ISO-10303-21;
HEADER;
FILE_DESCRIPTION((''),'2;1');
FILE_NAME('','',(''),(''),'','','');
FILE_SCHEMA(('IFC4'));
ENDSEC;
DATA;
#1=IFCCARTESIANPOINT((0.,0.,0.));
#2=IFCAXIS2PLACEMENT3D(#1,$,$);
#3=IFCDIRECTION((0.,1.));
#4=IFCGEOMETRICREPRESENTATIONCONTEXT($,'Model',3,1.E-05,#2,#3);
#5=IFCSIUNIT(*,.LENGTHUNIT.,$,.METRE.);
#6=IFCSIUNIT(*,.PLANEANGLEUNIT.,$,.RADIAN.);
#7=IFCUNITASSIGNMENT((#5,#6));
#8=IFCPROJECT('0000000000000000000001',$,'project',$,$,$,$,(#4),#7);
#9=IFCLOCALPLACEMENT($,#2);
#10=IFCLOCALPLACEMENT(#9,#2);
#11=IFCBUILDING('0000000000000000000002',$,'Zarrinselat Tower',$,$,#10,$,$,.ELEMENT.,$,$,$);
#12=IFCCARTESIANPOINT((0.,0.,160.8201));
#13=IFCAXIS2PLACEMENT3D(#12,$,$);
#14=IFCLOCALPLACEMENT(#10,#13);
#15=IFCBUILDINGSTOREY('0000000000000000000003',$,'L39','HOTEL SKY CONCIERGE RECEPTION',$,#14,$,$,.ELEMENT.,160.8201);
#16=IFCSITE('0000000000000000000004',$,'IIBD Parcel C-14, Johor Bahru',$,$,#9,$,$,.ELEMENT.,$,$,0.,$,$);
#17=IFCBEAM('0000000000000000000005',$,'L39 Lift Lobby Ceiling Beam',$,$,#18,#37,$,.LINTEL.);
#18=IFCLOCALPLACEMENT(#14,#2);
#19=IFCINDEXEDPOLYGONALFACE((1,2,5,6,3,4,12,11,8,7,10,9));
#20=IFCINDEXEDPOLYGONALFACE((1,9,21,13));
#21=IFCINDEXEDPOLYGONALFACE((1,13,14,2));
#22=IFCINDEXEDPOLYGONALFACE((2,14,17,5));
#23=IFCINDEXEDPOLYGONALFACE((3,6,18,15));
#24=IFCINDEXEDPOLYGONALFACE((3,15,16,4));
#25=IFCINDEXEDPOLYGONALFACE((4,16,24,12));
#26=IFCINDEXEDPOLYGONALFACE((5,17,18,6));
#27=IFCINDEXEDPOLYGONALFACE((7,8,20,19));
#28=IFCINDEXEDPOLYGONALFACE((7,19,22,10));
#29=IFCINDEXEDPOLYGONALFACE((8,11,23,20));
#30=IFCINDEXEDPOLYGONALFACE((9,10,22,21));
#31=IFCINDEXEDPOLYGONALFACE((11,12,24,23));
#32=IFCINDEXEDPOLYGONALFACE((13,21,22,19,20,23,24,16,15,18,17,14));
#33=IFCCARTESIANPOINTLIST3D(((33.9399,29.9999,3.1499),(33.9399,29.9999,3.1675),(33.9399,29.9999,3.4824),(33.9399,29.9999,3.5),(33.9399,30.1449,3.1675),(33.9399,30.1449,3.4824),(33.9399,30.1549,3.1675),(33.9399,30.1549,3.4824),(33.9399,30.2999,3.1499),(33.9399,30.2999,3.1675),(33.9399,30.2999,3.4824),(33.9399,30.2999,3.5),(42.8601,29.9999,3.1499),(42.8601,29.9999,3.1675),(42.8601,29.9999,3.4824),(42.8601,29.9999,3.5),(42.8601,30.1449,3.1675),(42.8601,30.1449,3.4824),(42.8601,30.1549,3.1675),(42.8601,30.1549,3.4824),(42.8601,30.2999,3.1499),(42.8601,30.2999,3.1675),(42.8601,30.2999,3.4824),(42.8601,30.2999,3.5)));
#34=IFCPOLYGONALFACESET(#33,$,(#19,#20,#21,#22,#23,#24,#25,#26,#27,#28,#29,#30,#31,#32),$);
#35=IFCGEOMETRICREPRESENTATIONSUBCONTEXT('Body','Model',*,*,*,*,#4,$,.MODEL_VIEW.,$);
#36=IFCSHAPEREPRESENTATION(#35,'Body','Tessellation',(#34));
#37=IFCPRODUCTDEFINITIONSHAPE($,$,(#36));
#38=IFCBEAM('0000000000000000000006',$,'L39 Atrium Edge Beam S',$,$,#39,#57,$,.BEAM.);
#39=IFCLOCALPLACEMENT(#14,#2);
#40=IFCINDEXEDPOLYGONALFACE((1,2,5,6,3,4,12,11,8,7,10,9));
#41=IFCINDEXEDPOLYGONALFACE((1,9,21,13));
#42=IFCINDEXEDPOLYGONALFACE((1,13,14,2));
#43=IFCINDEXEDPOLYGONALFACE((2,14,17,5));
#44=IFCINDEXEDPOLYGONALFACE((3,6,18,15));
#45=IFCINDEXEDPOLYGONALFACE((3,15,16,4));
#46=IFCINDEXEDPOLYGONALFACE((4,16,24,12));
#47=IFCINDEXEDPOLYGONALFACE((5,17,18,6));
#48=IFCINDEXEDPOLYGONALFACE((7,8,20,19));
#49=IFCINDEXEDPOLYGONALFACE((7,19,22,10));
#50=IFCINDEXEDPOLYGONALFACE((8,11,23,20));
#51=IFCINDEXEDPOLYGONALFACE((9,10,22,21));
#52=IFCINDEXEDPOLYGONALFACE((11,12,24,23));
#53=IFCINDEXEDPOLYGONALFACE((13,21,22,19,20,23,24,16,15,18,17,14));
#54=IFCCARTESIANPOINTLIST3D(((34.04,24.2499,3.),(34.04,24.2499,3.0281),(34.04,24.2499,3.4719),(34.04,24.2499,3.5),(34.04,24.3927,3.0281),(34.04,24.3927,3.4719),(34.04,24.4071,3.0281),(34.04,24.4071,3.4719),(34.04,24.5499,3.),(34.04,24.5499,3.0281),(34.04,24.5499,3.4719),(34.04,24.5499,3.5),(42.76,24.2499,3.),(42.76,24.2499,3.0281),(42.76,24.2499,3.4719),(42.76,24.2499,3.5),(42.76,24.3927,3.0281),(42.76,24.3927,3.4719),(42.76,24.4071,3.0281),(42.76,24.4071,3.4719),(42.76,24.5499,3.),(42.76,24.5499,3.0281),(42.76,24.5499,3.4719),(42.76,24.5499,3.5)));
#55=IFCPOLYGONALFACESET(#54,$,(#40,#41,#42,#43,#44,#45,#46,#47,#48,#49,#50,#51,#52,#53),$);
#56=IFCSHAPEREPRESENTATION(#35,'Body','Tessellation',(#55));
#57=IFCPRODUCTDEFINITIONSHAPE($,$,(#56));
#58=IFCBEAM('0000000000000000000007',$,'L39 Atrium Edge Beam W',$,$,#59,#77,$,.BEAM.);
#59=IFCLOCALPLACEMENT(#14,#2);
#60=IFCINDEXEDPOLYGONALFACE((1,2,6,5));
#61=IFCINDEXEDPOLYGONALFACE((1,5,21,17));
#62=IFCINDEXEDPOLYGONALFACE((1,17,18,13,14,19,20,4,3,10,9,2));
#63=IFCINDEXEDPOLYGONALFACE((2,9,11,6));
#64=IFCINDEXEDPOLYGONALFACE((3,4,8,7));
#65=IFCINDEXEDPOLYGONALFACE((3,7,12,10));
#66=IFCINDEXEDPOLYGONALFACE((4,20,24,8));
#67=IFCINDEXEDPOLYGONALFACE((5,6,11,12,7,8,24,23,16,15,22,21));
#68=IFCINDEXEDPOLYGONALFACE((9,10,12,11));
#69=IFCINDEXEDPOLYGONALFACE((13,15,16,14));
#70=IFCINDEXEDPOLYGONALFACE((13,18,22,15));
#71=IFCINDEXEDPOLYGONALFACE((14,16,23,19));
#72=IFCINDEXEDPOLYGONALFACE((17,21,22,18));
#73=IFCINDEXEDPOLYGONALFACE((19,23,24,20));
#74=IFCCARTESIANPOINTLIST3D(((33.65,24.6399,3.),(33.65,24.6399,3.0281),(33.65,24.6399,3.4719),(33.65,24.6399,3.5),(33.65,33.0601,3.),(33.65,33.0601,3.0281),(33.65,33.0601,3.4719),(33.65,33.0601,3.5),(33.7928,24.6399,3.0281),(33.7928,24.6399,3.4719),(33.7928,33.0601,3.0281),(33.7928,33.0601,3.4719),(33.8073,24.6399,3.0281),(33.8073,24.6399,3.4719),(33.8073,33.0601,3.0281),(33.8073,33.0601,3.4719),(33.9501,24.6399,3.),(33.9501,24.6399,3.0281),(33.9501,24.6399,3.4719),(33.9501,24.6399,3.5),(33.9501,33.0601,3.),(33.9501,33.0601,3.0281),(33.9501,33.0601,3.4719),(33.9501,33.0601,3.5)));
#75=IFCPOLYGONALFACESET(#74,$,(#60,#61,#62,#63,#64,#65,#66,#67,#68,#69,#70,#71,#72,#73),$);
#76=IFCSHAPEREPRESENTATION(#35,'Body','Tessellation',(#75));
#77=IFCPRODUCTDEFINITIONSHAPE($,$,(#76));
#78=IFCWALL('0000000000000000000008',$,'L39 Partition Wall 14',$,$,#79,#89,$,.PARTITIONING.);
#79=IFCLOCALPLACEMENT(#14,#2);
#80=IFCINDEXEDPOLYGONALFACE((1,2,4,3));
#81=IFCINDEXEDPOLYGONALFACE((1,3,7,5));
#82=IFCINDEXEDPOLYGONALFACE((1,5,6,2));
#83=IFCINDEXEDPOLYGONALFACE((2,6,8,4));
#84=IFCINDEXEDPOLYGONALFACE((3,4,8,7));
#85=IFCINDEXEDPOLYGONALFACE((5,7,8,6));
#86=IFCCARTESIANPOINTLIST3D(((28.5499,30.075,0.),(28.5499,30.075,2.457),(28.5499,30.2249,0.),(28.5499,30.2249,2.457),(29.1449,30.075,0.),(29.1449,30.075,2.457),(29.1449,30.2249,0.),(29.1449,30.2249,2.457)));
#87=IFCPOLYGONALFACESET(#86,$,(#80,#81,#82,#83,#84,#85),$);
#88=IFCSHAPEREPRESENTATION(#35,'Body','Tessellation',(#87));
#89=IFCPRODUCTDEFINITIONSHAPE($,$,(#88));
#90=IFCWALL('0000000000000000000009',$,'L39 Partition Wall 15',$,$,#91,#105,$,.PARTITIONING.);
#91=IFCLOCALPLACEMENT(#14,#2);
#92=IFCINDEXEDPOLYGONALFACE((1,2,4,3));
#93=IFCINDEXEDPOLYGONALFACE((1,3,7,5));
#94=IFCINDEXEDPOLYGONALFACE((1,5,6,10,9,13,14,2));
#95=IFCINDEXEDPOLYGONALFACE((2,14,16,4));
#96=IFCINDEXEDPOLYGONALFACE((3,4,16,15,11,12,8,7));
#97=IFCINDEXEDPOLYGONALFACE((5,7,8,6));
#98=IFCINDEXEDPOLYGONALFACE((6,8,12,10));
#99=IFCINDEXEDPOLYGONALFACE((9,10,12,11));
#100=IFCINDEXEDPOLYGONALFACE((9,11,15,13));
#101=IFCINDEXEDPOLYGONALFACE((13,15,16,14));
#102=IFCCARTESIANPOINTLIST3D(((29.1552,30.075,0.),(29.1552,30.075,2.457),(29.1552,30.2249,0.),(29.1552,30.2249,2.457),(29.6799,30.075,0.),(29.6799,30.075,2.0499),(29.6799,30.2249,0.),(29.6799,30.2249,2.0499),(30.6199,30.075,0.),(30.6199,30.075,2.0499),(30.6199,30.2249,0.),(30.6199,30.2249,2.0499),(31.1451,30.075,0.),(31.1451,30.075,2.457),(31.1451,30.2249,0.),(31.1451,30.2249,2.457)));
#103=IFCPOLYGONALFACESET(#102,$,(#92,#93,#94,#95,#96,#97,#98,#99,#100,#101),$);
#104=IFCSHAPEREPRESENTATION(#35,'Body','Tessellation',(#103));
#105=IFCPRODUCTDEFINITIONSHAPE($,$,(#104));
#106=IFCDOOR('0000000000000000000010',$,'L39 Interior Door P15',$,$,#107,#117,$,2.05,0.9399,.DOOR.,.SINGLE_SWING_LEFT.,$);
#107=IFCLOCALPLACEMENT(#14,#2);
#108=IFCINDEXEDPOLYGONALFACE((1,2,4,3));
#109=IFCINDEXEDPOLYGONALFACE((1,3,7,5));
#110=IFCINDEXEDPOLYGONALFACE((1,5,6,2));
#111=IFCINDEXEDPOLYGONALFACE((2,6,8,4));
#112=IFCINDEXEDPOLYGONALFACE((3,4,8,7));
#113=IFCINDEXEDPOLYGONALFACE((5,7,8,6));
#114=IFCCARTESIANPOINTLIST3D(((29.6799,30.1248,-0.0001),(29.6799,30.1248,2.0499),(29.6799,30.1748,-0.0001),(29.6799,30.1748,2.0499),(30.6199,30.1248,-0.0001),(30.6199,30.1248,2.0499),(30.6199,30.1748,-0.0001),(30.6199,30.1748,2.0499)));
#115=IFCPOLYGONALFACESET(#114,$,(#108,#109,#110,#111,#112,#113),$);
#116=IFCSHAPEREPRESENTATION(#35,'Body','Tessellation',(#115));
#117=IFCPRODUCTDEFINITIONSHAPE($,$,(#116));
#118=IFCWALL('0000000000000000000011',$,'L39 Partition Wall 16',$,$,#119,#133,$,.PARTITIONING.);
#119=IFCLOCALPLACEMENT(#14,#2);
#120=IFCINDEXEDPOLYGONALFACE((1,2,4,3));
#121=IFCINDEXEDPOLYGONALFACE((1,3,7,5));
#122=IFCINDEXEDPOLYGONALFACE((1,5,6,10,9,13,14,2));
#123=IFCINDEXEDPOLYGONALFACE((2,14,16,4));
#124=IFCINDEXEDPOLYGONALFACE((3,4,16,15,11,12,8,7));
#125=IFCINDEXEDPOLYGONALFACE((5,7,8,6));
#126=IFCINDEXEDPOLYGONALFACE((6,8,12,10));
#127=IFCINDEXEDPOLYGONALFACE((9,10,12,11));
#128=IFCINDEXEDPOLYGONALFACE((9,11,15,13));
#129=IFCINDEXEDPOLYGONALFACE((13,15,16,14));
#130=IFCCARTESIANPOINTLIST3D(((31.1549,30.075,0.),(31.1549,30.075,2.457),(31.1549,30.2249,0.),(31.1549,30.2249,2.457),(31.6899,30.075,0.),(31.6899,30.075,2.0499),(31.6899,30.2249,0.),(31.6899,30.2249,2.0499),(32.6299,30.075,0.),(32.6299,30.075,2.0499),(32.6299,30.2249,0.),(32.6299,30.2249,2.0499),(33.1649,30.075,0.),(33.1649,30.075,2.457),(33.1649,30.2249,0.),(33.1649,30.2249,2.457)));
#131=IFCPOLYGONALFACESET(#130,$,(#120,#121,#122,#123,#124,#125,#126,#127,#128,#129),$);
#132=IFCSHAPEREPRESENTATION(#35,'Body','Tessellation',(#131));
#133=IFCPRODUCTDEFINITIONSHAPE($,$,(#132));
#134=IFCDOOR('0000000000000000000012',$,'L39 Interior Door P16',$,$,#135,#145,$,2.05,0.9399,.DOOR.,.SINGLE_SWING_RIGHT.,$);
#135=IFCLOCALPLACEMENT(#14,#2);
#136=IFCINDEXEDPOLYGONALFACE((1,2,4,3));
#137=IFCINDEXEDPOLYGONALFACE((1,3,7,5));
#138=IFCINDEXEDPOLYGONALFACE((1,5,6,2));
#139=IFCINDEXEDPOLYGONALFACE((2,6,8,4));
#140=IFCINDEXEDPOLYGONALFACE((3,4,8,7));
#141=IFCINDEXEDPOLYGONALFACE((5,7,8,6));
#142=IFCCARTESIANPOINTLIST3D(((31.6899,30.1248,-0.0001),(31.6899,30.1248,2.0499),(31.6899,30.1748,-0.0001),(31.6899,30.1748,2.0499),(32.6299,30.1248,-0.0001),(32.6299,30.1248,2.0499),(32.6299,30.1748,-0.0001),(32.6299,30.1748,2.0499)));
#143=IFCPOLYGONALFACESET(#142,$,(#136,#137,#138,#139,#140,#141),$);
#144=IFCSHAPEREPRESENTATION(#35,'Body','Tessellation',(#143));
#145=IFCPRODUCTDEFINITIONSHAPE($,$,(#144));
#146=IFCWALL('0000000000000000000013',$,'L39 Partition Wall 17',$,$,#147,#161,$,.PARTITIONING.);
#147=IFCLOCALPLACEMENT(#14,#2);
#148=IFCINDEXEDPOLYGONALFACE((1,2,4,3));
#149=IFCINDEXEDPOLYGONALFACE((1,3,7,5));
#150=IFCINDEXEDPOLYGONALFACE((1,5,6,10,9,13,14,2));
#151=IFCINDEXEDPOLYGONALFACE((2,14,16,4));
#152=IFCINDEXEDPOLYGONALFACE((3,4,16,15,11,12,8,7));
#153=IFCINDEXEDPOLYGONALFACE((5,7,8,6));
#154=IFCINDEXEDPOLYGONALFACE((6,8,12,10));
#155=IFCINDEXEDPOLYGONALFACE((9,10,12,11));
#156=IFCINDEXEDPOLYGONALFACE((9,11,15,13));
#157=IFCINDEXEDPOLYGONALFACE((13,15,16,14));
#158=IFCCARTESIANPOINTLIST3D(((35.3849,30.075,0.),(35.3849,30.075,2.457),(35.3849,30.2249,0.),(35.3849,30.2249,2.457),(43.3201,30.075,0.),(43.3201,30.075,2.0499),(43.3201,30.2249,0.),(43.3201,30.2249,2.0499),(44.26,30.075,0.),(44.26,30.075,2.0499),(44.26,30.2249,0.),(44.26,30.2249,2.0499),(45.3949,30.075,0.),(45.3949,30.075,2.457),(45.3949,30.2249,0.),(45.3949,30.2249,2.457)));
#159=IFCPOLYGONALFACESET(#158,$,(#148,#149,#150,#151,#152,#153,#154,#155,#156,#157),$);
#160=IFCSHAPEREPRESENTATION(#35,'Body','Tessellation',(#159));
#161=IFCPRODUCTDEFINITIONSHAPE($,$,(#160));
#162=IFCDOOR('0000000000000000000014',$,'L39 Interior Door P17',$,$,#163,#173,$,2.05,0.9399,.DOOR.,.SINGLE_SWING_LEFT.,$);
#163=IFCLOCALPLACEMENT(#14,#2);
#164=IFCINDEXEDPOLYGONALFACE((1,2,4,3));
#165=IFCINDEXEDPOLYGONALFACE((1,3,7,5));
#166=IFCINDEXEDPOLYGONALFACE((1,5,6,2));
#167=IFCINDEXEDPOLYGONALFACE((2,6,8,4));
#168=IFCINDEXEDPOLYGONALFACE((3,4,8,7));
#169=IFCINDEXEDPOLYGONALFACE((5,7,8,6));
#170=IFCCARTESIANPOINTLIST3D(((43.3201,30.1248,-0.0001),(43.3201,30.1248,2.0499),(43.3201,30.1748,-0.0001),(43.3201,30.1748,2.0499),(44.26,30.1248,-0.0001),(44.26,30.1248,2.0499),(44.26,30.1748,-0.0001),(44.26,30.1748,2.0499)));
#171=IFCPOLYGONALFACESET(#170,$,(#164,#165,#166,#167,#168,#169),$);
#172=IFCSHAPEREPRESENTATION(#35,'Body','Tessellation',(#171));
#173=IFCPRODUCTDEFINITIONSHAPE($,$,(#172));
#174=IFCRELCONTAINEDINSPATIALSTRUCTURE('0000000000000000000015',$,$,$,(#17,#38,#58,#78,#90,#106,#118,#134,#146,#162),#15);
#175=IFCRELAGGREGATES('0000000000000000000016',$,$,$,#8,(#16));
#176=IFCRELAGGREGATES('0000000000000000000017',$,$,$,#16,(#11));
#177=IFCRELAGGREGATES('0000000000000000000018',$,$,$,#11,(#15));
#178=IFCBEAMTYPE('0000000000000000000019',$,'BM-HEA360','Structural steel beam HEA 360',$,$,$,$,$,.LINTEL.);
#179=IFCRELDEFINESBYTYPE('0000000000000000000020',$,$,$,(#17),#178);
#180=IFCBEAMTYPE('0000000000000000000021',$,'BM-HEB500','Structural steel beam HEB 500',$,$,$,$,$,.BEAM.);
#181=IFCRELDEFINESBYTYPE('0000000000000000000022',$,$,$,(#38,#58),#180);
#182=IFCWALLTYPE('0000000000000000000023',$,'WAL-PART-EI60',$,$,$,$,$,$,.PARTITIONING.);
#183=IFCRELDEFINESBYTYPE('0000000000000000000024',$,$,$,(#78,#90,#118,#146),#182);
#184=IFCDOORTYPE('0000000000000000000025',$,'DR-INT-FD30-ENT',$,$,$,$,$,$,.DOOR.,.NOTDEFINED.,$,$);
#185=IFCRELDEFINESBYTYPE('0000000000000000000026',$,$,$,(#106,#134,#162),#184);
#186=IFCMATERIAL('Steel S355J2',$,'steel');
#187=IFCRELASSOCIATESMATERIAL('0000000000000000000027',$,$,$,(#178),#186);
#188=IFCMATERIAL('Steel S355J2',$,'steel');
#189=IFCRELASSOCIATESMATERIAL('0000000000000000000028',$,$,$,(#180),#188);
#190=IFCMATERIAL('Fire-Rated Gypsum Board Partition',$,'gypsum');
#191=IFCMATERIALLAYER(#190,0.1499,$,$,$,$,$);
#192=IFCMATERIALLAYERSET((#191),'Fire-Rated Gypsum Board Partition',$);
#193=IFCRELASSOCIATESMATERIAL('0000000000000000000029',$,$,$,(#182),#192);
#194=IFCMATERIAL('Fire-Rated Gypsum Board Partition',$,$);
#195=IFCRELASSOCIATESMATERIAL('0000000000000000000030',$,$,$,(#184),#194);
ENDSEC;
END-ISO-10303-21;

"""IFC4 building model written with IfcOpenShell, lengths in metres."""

from ifc_helpers import new_model, si_unit, direction, frame, frame_2d, origin, origin_2d, place, context, subcontext, project, spatial, rectangle, i_section, extrude, material, layer, layer_set, material_profile, profile_set, type_object, element, fill, save


model = new_model("IFC4")

# Units and contexts
model_context = context("Model", 3, precision=1e-05, world=origin(), true_north=direction((0.0, 1.0)))
body_context = subcontext(model_context, "Body", "Model", "MODEL_VIEW")
ifc_project = project(units=[si_unit("LENGTHUNIT", "METRE"), si_unit("PLANEANGLEUNIT", "RADIAN")], contexts=[model_context])

# Site, building, storey
site_placement = place(None, origin())
site = spatial("IfcSite", under=ifc_project, at=site_placement, Name="IIBD Parcel C-14, Johor Bahru", CompositionType="ELEMENT", RefElevation=0.0)
building_placement = place(site_placement, origin())
building = spatial("IfcBuilding", under=site, at=building_placement, Name="Zarrinselat Tower", CompositionType="ELEMENT")
storey_placement = place(building_placement, frame((0.0, 0.0, 160.8201)))
storey = spatial("IfcBuildingStorey", under=building, at=storey_placement, Name="L39", Description="HOTEL SKY CONCIERGE RECEPTION", CompositionType="ELEMENT", Elevation=160.8201)

# Beams
ifc_material_1 = material(Name="Steel S355J2", Category="steel")
ifc_material_profile_1 = material_profile(ifc_material_1, i_section(OverallWidth=0.3, OverallDepth=0.3501, WebThickness=0.01, FlangeThickness=0.0176, at=origin_2d()), Name="HEA 360")
ifc_profile_set_1 = profile_set([ifc_material_profile_1], Name="Steel S355J2")
beam_type_1 = type_object("IfcBeamType", Name="BM-HEA360", Description="Structural steel beam HEA 360", PredefinedType="LINTEL", material=ifc_profile_set_1)
beam_1_placement = place(storey_placement, frame((33.9399, 30.1499, 3.325), z_axis=(1.0, 0.0, 0.0), x_axis=(0.0, 1.0, 0.0)))
element("IfcBeam", 1, at=beam_1_placement, inside=storey, type_object=beam_type_1, Name="L39 Lift Lobby Ceiling Beam", PredefinedType="LINTEL", context=body_context, shape_type="SweptSolid", body=[
    extrude(i_section(OverallWidth=0.3, OverallDepth=0.3501, WebThickness=0.01, FlangeThickness=0.0176, at=origin_2d()), origin(), (0.0, 0.0, 1.0), 8.9202),
])
ifc_material_2 = material(Name="Steel S355J2", Category="steel")
ifc_material_profile_2 = material_profile(ifc_material_2, i_section(OverallWidth=0.3, OverallDepth=0.5, WebThickness=0.0144, FlangeThickness=0.0281, at=origin_2d()), Name="HEB 500")
ifc_profile_set_2 = profile_set([ifc_material_profile_2], Name="Steel S355J2")
beam_type_2 = type_object("IfcBeamType", Name="BM-HEB500", Description="Structural steel beam HEB 500", PredefinedType="BEAM", material=ifc_profile_set_2)
beam_2_placement = place(storey_placement, frame((34.04, 24.3999, 3.25), z_axis=(1.0, 0.0, 0.0), x_axis=(0.0, 1.0, 0.0)))
element("IfcBeam", 2, at=beam_2_placement, inside=storey, type_object=beam_type_2, Name="L39 Atrium Edge Beam S", PredefinedType="BEAM", context=body_context, shape_type="SweptSolid", body=[
    extrude(i_section(OverallWidth=0.3, OverallDepth=0.5, WebThickness=0.0144, FlangeThickness=0.0281, at=origin_2d()), origin(), (0.0, 0.0, 1.0), 8.72),
])
beam_3_placement = place(storey_placement, frame((33.8, 24.6399, 3.25), z_axis=(0.0, 1.0, 0.0), x_axis=(-1.0, 0.0, 0.0)))
element("IfcBeam", 3, at=beam_3_placement, inside=storey, type_object=beam_type_2, Name="L39 Atrium Edge Beam W", PredefinedType="BEAM", context=body_context, shape_type="SweptSolid", body=[
    extrude(i_section(OverallWidth=0.3, OverallDepth=0.5, WebThickness=0.0144, FlangeThickness=0.0281, at=origin_2d()), origin(), (0.0, 0.0, 1.0), 8.4202),
])

# Wall
ifc_material_3 = material(Name="Fire-Rated Gypsum Board Partition", Category="gypsum")
ifc_layer_1 = layer(ifc_material_3, 0.1499)
ifc_layer_set_1 = layer_set([ifc_layer_1], Name="Fire-Rated Gypsum Board Partition")
wall_type_1 = type_object("IfcWallType", Name="WAL-PART-EI60", PredefinedType="PARTITIONING", material=ifc_layer_set_1)
wall_1_placement = place(storey_placement, frame((28.55, 30.1499, 0.0), z_axis=(0.0, 0.0, 1.0), x_axis=(1.0, 0.0, 0.0)))
element("IfcWall", 4, at=wall_1_placement, inside=storey, type_object=wall_type_1, Name="L39 Partition Wall 14", PredefinedType="PARTITIONING", context=body_context, shape_type="SweptSolid", body=[
    extrude(rectangle(XDim=0.595, YDim=0.1499, at=frame_2d((0.2974, 0.0))), origin(), (0.0, 0.0, 1.0), 2.457),
])

# Walls, openings, doors
wall_2_placement = place(storey_placement, frame((29.155, 30.1499, 0.0), z_axis=(0.0, 0.0, 1.0), x_axis=(1.0, 0.0, 0.0)))
wall_2 = element("IfcWall", 5, at=wall_2_placement, inside=storey, type_object=wall_type_1, Name="L39 Partition Wall 15", PredefinedType="PARTITIONING", context=body_context, shape_type="SweptSolid", body=[
    extrude(rectangle(XDim=1.99, YDim=0.1499, at=frame_2d((0.9951, 0.0))), origin(), (0.0, 0.0, 1.0), 2.457),
])
opening_1_placement = place(wall_2_placement, frame((0.5249, 0.0, 0.0)))
opening_1 = element("IfcOpeningElement", 6, at=opening_1_placement, cuts=wall_2, PredefinedType="OPENING", context=body_context, shape_type="SweptSolid", body=[
    extrude(rectangle(XDim=0.9399, YDim=2.05, at=frame_2d((0.47, 1.0249))), frame((0.0, 0.085, 0.0), z_axis=(0.0, -1.0, 0.0), x_axis=(1.0, 0.0, 0.0)), (0.0, 0.0, 1.0), 0.1699),
])
ifc_material_4 = material(Name="Fire-Rated Gypsum Board Partition")
door_type_1 = type_object("IfcDoorType", Name="DR-INT-FD30-ENT", OperationType="NOTDEFINED", PredefinedType="DOOR", material=ifc_material_4)
door_1_placement = place(opening_1_placement, origin())
door_1 = element("IfcDoor", 7, at=door_1_placement, inside=storey, type_object=door_type_1, Name="L39 Interior Door P15", OperationType="SINGLE_SWING_LEFT", OverallHeight=2.05, OverallWidth=0.9399, PredefinedType="DOOR", context=body_context, shape_type="SweptSolid", body=[
    extrude(rectangle(XDim=0.9399, YDim=2.05, at=frame_2d((0.47, 1.0249))), frame((0.0, 0.0249, 0.0), z_axis=(0.0, -1.0, 0.0), x_axis=(1.0, 0.0, 0.0)), (0.0, 0.0, 1.0), 0.05),
])
fill(opening_1, door_1)
wall_3_placement = place(storey_placement, frame((31.155, 30.1499, 0.0), z_axis=(0.0, 0.0, 1.0), x_axis=(1.0, 0.0, 0.0)))
wall_3 = element("IfcWall", 8, at=wall_3_placement, inside=storey, type_object=wall_type_1, Name="L39 Partition Wall 16", PredefinedType="PARTITIONING", context=body_context, shape_type="SweptSolid", body=[
    extrude(rectangle(XDim=2.01, YDim=0.1499, at=frame_2d((1.0049, 0.0))), origin(), (0.0, 0.0, 1.0), 2.457),
])
opening_2_placement = place(wall_3_placement, frame((0.5349, 0.0, 0.0)))
opening_2 = element("IfcOpeningElement", 9, at=opening_2_placement, cuts=wall_3, PredefinedType="OPENING", context=body_context, shape_type="SweptSolid", body=[
    extrude(rectangle(XDim=0.9399, YDim=2.05, at=frame_2d((0.47, 1.0249))), frame((0.0, 0.085, 0.0), z_axis=(0.0, -1.0, 0.0), x_axis=(1.0, 0.0, 0.0)), (0.0, 0.0, 1.0), 0.1699),
])
door_2_placement = place(opening_2_placement, origin())
door_2 = element("IfcDoor", 10, at=door_2_placement, inside=storey, type_object=door_type_1, Name="L39 Interior Door P16", OperationType="SINGLE_SWING_RIGHT", OverallHeight=2.05, OverallWidth=0.9399, PredefinedType="DOOR", context=body_context, shape_type="SweptSolid", body=[
    extrude(rectangle(XDim=0.9399, YDim=2.05, at=frame_2d((0.47, 1.0249))), frame((0.0, 0.0249, 0.0), z_axis=(0.0, -1.0, 0.0), x_axis=(1.0, 0.0, 0.0)), (0.0, 0.0, 1.0), 0.05),
])
fill(opening_2, door_2)
wall_4_placement = place(storey_placement, frame((35.385, 30.1499, 0.0), z_axis=(0.0, 0.0, 1.0), x_axis=(1.0, 0.0, 0.0)))
wall_4 = element("IfcWall", 11, at=wall_4_placement, inside=storey, type_object=wall_type_1, Name="L39 Partition Wall 17", PredefinedType="PARTITIONING", context=body_context, shape_type="SweptSolid", body=[
    extrude(rectangle(XDim=10.01, YDim=0.1499, at=frame_2d((5.0049, 0.0))), origin(), (0.0, 0.0, 1.0), 2.457),
])
opening_3_placement = place(wall_4_placement, frame((7.9351, 0.0, 0.0)))
opening_3 = element("IfcOpeningElement", 12, at=opening_3_placement, cuts=wall_4, PredefinedType="OPENING", context=body_context, shape_type="SweptSolid", body=[
    extrude(rectangle(XDim=0.9399, YDim=2.05, at=frame_2d((0.47, 1.0249))), frame((0.0, 0.085, 0.0), z_axis=(0.0, -1.0, 0.0), x_axis=(1.0, 0.0, 0.0)), (0.0, 0.0, 1.0), 0.1699),
])
door_3_placement = place(opening_3_placement, origin())
door_3 = element("IfcDoor", 13, at=door_3_placement, inside=storey, type_object=door_type_1, Name="L39 Interior Door P17", OperationType="SINGLE_SWING_LEFT", OverallHeight=2.05, OverallWidth=0.9399, PredefinedType="DOOR", context=body_context, shape_type="SweptSolid", body=[
    extrude(rectangle(XDim=0.9399, YDim=2.05, at=frame_2d((0.47, 1.0249))), frame((0.0, 0.0249, 0.0), z_axis=(0.0, -1.0, 0.0), x_axis=(1.0, 0.0, 0.0)), (0.0, 0.0, 1.0), 0.05),
])
fill(opening_3, door_3)

save(model, "model.ifc")
